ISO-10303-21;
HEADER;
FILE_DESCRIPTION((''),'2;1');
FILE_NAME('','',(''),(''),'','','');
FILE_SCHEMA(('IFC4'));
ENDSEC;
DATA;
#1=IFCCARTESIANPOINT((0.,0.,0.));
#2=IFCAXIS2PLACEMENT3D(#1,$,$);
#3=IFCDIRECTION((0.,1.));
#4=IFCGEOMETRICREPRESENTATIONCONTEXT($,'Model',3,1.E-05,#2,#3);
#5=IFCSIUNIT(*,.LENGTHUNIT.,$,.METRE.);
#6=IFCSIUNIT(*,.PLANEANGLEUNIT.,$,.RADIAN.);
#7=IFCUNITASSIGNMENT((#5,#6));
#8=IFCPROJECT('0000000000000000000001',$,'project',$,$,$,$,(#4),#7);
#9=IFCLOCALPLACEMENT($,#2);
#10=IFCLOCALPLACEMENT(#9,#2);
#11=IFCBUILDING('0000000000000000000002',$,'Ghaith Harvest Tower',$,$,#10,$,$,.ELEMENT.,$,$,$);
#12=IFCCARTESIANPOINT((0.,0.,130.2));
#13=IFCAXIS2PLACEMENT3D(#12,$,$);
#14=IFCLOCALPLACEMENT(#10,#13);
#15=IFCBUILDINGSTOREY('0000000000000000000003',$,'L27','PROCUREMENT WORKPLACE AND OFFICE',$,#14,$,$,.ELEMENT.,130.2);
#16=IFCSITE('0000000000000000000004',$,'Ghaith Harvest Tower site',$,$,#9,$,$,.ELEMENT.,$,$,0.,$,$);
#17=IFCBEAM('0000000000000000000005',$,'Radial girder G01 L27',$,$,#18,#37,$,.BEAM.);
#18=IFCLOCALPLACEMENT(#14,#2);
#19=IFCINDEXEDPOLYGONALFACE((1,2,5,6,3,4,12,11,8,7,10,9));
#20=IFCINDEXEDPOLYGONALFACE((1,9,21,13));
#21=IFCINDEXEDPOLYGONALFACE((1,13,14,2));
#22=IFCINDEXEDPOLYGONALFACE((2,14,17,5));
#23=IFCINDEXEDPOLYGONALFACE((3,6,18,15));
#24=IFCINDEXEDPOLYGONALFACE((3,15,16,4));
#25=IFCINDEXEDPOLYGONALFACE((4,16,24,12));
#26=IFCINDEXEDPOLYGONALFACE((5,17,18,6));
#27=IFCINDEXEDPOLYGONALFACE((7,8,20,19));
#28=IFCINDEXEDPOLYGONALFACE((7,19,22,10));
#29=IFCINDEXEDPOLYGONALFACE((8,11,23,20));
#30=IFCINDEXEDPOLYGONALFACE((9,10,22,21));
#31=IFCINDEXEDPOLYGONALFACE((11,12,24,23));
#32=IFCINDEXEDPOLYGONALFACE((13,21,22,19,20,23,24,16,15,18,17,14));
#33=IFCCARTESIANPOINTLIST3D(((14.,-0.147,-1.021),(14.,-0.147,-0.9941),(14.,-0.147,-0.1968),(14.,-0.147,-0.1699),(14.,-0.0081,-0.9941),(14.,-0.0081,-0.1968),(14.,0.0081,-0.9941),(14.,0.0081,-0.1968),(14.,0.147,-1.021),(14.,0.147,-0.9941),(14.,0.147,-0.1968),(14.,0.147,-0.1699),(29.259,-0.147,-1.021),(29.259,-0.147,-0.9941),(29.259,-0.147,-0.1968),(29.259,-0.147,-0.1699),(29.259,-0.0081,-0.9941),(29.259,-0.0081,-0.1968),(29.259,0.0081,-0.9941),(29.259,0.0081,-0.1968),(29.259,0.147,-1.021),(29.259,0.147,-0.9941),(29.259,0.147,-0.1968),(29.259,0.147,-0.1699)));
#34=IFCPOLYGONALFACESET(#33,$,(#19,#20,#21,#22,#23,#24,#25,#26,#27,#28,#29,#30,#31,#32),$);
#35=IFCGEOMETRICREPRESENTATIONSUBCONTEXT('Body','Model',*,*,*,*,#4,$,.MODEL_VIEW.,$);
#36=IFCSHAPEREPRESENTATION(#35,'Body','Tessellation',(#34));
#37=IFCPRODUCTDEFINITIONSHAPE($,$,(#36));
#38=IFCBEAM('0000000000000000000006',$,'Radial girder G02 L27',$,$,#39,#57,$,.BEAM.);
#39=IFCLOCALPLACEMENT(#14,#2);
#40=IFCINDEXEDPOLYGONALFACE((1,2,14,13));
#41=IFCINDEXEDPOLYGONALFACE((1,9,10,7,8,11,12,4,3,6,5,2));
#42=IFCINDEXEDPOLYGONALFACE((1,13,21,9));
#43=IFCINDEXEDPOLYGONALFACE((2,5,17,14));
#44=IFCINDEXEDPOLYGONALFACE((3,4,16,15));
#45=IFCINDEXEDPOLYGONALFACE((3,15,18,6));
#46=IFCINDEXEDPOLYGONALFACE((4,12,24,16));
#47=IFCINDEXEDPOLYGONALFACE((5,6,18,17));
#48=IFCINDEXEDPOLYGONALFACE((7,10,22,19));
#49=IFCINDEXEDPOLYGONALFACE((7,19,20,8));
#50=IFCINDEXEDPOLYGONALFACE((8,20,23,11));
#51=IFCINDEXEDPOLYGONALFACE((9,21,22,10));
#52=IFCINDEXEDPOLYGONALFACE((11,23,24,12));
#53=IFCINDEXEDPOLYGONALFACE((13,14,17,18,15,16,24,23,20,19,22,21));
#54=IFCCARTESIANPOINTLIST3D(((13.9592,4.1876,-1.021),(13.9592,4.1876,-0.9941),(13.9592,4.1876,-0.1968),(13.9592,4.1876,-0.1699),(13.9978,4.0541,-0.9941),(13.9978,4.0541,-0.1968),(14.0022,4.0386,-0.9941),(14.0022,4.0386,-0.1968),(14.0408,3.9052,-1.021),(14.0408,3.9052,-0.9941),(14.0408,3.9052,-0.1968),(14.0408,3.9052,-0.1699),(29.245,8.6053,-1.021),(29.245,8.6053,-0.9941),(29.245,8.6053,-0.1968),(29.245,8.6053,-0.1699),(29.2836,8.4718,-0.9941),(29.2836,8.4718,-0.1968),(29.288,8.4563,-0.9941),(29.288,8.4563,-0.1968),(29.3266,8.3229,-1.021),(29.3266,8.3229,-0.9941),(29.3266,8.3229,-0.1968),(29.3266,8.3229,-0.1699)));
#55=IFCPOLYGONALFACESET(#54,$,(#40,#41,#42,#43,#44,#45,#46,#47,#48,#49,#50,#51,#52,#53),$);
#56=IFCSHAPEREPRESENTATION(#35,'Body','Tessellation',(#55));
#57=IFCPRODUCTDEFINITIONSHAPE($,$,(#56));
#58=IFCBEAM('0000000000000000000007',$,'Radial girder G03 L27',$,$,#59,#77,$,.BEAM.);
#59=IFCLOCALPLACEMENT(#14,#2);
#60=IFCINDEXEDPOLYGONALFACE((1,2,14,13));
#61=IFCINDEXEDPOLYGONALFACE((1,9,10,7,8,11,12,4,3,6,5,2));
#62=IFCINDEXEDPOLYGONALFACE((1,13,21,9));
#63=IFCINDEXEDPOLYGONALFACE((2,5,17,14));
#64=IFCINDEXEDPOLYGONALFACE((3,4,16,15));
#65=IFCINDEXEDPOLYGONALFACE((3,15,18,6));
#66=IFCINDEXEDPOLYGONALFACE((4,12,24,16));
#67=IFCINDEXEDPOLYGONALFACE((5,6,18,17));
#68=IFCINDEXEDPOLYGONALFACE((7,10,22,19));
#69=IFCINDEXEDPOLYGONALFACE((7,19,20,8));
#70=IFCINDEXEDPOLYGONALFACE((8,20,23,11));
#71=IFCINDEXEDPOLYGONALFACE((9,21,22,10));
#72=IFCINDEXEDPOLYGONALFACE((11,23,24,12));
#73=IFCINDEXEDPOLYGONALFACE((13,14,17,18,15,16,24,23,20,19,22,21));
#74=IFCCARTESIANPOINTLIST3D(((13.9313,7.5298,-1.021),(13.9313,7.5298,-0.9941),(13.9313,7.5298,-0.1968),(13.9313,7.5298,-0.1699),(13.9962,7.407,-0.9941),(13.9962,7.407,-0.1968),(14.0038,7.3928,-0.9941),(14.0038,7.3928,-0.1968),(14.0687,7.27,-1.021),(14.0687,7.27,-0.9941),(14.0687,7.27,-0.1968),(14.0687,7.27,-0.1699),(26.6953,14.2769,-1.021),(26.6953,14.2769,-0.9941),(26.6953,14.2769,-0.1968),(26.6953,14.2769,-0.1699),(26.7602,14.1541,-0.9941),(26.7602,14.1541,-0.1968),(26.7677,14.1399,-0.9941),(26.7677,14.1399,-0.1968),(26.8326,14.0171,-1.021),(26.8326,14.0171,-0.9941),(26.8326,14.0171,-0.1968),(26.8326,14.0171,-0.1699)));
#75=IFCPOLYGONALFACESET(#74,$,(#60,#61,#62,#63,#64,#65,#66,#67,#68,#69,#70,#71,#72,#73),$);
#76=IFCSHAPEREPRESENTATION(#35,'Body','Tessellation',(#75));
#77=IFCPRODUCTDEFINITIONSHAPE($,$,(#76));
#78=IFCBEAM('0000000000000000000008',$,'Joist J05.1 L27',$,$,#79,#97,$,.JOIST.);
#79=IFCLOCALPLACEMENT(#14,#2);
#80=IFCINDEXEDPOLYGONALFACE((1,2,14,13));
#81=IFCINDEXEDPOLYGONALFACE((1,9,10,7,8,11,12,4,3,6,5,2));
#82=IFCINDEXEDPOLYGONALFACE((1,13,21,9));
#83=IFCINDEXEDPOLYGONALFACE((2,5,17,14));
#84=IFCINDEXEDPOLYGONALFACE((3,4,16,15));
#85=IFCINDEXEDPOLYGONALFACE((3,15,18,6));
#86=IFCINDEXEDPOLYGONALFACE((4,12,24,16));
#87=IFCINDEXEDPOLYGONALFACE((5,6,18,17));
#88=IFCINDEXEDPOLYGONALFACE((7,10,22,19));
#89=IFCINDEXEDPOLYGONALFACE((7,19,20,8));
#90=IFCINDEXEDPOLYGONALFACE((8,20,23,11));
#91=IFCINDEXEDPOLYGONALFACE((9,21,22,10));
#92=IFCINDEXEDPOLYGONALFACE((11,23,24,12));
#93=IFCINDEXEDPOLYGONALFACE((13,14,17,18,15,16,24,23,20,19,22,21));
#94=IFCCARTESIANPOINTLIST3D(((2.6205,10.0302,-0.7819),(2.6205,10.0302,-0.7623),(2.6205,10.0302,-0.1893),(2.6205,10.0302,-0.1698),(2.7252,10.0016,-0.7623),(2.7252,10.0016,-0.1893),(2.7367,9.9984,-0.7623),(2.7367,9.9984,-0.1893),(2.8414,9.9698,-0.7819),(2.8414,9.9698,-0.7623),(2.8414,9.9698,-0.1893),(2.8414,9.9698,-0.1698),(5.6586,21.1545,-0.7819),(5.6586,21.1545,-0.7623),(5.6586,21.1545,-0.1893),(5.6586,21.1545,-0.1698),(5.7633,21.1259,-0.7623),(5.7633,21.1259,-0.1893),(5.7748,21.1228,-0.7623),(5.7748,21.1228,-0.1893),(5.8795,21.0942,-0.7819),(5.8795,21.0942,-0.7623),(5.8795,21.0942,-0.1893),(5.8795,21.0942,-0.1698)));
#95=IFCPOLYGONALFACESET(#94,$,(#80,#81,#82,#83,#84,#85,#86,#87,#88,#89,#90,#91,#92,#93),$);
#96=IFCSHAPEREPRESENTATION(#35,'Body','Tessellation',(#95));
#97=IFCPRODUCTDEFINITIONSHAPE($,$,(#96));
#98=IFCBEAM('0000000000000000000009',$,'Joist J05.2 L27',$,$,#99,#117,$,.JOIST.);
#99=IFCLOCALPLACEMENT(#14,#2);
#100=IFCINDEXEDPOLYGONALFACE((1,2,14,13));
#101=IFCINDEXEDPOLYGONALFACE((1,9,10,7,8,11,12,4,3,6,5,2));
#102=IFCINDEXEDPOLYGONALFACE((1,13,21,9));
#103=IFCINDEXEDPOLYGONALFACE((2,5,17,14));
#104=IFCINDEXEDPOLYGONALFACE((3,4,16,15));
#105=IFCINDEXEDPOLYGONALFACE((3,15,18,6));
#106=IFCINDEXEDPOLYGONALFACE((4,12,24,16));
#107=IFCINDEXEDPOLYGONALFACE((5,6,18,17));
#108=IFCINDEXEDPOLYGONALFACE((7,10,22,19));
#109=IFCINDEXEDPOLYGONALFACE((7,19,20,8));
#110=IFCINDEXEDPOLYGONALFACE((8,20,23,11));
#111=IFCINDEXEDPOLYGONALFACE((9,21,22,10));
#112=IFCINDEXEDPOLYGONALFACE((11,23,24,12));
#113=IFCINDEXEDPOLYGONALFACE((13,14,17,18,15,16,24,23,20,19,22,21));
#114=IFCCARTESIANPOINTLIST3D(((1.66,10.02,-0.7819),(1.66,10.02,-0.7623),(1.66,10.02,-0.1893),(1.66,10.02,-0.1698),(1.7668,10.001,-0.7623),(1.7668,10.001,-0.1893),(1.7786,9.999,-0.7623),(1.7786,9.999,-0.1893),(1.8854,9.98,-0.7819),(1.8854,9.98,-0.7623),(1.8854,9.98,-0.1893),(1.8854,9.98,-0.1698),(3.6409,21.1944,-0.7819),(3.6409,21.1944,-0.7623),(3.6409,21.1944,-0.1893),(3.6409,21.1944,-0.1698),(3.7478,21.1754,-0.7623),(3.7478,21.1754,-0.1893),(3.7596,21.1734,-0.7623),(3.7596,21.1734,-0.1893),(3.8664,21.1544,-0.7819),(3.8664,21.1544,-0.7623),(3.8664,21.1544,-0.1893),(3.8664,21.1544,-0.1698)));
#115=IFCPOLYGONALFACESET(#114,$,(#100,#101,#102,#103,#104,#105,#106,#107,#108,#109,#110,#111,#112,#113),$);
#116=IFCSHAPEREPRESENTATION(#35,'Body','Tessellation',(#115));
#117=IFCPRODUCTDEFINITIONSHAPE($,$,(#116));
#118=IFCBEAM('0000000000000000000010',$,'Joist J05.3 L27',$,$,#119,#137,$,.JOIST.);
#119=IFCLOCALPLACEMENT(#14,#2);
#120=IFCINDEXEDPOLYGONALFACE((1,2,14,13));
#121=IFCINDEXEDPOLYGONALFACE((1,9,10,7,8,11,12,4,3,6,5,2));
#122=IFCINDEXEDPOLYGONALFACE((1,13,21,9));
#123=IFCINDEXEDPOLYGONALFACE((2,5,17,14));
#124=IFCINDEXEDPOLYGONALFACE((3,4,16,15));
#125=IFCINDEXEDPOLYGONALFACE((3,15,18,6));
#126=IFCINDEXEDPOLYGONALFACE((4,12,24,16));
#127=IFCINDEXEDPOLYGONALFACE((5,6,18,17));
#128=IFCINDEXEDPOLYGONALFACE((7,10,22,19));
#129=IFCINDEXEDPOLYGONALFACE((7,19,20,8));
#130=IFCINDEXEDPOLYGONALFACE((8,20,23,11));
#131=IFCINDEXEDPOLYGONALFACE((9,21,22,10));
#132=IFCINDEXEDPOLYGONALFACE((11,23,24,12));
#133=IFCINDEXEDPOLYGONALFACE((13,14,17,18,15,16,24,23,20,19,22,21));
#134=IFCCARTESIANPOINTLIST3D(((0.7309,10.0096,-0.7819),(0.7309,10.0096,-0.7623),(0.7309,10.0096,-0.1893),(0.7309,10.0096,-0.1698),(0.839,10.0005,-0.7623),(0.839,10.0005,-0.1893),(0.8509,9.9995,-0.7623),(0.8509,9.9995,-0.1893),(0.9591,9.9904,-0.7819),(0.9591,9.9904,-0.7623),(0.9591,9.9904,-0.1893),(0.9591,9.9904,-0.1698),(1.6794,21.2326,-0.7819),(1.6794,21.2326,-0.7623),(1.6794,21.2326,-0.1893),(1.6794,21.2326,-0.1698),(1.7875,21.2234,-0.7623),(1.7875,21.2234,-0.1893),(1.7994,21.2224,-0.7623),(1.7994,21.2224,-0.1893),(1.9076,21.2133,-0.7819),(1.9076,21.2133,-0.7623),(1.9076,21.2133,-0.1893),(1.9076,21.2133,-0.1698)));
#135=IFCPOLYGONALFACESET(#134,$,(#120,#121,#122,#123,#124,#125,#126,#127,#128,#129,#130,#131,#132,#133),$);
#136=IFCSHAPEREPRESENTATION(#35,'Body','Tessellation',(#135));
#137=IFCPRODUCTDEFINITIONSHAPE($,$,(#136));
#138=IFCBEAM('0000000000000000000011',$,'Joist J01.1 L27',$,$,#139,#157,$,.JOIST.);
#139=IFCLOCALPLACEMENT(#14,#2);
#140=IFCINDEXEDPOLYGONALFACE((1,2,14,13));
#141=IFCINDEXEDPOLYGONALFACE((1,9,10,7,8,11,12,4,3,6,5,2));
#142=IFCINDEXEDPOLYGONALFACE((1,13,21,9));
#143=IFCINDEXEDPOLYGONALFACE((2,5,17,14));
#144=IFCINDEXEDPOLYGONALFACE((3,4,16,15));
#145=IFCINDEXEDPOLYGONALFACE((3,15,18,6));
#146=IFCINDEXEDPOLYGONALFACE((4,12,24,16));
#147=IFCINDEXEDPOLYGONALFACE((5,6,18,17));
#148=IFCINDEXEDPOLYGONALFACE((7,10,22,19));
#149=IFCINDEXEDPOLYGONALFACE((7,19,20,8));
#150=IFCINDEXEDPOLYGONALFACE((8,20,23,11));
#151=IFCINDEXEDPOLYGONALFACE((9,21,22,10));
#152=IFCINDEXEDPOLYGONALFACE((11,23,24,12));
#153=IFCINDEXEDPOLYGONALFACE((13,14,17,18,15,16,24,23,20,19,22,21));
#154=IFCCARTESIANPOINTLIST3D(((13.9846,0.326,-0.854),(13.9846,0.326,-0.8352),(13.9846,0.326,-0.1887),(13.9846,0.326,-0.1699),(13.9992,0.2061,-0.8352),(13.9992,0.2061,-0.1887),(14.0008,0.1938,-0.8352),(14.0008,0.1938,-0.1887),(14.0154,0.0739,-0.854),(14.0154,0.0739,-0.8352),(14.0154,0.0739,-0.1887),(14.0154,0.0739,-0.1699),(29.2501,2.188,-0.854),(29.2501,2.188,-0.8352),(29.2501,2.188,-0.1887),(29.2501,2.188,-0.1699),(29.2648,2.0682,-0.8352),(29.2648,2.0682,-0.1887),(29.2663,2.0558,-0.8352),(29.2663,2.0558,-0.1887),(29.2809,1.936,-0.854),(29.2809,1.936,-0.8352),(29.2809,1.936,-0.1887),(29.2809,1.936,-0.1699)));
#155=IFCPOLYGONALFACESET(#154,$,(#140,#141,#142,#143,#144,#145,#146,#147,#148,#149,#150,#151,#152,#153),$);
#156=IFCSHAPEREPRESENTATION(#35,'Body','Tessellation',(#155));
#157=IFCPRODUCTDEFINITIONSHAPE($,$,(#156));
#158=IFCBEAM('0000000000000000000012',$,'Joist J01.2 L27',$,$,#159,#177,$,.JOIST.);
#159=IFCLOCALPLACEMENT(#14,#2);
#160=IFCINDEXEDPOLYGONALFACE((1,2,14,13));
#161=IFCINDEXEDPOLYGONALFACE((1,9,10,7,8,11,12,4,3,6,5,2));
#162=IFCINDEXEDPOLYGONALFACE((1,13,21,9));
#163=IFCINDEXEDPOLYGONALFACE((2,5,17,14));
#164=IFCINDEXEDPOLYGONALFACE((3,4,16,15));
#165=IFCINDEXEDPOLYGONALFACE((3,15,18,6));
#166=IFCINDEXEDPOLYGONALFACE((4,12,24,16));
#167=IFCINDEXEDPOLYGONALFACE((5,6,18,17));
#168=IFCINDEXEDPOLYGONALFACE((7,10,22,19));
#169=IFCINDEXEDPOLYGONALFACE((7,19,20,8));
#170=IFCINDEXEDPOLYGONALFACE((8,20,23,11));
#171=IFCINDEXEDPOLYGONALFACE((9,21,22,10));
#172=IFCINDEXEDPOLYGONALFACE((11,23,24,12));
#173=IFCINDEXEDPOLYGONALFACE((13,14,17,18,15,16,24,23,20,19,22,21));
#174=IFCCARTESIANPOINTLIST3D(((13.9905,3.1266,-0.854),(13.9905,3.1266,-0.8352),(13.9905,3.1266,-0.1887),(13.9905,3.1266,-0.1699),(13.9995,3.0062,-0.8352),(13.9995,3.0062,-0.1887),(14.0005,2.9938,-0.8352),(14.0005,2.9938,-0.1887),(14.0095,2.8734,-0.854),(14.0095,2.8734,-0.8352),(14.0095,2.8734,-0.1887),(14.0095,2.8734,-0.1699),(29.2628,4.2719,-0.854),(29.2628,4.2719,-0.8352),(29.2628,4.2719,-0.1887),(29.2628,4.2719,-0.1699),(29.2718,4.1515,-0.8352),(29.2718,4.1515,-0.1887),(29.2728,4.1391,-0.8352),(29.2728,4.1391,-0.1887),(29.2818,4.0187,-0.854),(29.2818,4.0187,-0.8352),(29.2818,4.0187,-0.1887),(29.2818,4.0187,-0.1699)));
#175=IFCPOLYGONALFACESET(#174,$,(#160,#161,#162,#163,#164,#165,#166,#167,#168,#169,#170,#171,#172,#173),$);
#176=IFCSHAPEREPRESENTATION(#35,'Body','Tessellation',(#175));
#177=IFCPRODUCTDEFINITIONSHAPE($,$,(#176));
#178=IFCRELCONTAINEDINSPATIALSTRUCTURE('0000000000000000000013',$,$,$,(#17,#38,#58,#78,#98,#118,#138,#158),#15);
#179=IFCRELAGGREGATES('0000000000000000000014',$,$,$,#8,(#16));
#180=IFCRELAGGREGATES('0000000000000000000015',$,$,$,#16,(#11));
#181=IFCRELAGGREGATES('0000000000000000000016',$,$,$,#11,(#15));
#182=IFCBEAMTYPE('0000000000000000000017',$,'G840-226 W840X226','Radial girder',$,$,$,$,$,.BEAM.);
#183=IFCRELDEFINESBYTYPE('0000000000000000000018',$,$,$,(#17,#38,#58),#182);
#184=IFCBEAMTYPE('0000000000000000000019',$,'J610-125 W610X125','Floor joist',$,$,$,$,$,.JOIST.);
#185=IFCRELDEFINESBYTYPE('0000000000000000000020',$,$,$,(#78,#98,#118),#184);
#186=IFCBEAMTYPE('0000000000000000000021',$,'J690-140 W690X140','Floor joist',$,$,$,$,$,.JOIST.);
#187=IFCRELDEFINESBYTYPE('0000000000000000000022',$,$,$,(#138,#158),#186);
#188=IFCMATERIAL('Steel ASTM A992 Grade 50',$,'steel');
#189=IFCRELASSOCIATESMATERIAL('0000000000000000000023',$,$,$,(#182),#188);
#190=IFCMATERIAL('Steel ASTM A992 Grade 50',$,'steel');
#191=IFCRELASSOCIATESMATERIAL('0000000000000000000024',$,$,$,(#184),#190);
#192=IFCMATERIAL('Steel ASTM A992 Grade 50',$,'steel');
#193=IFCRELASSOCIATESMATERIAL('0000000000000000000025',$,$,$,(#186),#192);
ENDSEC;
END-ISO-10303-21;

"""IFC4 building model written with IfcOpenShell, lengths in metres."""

from ifc_helpers import new_model, si_unit, direction, frame, origin, origin_2d, place, context, subcontext, project, spatial, i_section, extrude, material, material_profile, profile_set, type_object, element, save


model = new_model("IFC4")

# Units and contexts
model_context = context("Model", 3, precision=1e-05, world=origin(), true_north=direction((0.0, 1.0)))
body_context = subcontext(model_context, "Body", "Model", "MODEL_VIEW")
ifc_project = project(units=[si_unit("LENGTHUNIT", "METRE"), si_unit("PLANEANGLEUNIT", "RADIAN")], contexts=[model_context])

# Site, building, storey
site_placement = place(None, origin())
site = spatial("IfcSite", under=ifc_project, at=site_placement, Name="Ghaith Harvest Tower site", CompositionType="ELEMENT", RefElevation=0.0)
building_placement = place(site_placement, origin())
building = spatial("IfcBuilding", under=site, at=building_placement, Name="Ghaith Harvest Tower", CompositionType="ELEMENT")
storey_placement = place(building_placement, frame((0.0, 0.0, 130.2)))
storey = spatial("IfcBuildingStorey", under=building, at=storey_placement, Name="L27", Description="PROCUREMENT WORKPLACE AND OFFICE", CompositionType="ELEMENT", Elevation=130.2)

# Beams
ifc_material_1 = material(Name="Steel ASTM A992 Grade 50", Category="steel")
ifc_material_profile_1 = material_profile(ifc_material_1, i_section(OverallWidth=0.2939, OverallDepth=0.8511, WebThickness=0.0161, FlangeThickness=0.0269, at=origin_2d()), Name="W840X226")
ifc_profile_set_1 = profile_set([ifc_material_profile_1], Name="Steel ASTM A992 Grade 50")
beam_type_1 = type_object("IfcBeamType", Name="G840-226 W840X226", Description="Radial girder", PredefinedType="BEAM", material=ifc_profile_set_1)
beam_1_placement = place(storey_placement, frame((14.0, 0.0, -0.5955), z_axis=(1.0, 0.0, 0.0), x_axis=(0.0, 1.0, 0.0)))
element("IfcBeam", 1, at=beam_1_placement, inside=storey, type_object=beam_type_1, Name="Radial girder G01 L27", PredefinedType="BEAM", context=body_context, shape_type="SweptSolid", body=[
    extrude(i_section(OverallWidth=0.2939, OverallDepth=0.8511, WebThickness=0.0161, FlangeThickness=0.0269, at=origin_2d()), origin(), (0.0, 0.0, 1.0), 15.259),
])
beam_2_placement = place(storey_placement, frame((14.0, 4.0464, -0.5955), z_axis=(0.960684, 0.277644, 0.0), x_axis=(-0.277644, 0.960684, 0.0)))
element("IfcBeam", 2, at=beam_2_placement, inside=storey, type_object=beam_type_1, Name="Radial girder G02 L27", PredefinedType="BEAM", context=body_context, shape_type="SweptSolid", body=[
    extrude(i_section(OverallWidth=0.2939, OverallDepth=0.8511, WebThickness=0.0161, FlangeThickness=0.0269, at=origin_2d()), origin(), (0.0, 0.0, 1.0), 15.9114),
])
beam_3_placement = place(storey_placement, frame((14.0, 7.3999, -0.5955), z_axis=(0.884083, 0.467331, 0.0), x_axis=(-0.467331, 0.884083, 0.0)))
element("IfcBeam", 3, at=beam_3_placement, inside=storey, type_object=beam_type_1, Name="Radial girder G03 L27", PredefinedType="BEAM", context=body_context, shape_type="SweptSolid", body=[
    extrude(i_section(OverallWidth=0.2939, OverallDepth=0.8511, WebThickness=0.0161, FlangeThickness=0.0269, at=origin_2d()), origin(), (0.0, 0.0, 1.0), 14.4375),
])
ifc_material_2 = material(Name="Steel ASTM A992 Grade 50", Category="steel")
ifc_material_profile_2 = material_profile(ifc_material_2, i_section(OverallWidth=0.229, OverallDepth=0.6121, WebThickness=0.012, FlangeThickness=0.0195, at=origin_2d()), Name="W610X125")
ifc_profile_set_2 = profile_set([ifc_material_profile_2], Name="Steel ASTM A992 Grade 50")
beam_type_2 = type_object("IfcBeamType", Name="J610-125 W610X125", Description="Floor joist", PredefinedType="JOIST", material=ifc_profile_set_2)
beam_4_placement = place(storey_placement, frame((2.731, 10.0, -0.4758), z_axis=(0.263456, 0.964671, 0.0), x_axis=(-0.964671, 0.263456, 0.0)))
element("IfcBeam", 4, at=beam_4_placement, inside=storey, type_object=beam_type_2, Name="Joist J05.1 L27", PredefinedType="JOIST", context=body_context, shape_type="SweptSolid", body=[
    extrude(i_section(OverallWidth=0.229, OverallDepth=0.6121, WebThickness=0.012, FlangeThickness=0.0195, at=origin_2d()), origin(), (0.0, 0.0, 1.0), 11.5317),
])
beam_5_placement = place(storey_placement, frame((1.7727, 10.0, -0.4758), z_axis=(0.174556, 0.984647, 0.0), x_axis=(-0.984647, 0.174556, 0.0)))
element("IfcBeam", 5, at=beam_5_placement, inside=storey, type_object=beam_type_2, Name="Joist J05.2 L27", PredefinedType="JOIST", context=body_context, shape_type="SweptSolid", body=[
    extrude(i_section(OverallWidth=0.229, OverallDepth=0.6121, WebThickness=0.012, FlangeThickness=0.0195, at=origin_2d()), origin(), (0.0, 0.0, 1.0), 11.3486),
])
beam_6_placement = place(storey_placement, frame((0.845, 10.0, -0.4758), z_axis=(0.084213, 0.996448, 0.0), x_axis=(-0.996448, 0.084213, 0.0)))
element("IfcBeam", 6, at=beam_6_placement, inside=storey, type_object=beam_type_2, Name="Joist J05.3 L27", PredefinedType="JOIST", context=body_context, shape_type="SweptSolid", body=[
    extrude(i_section(OverallWidth=0.229, OverallDepth=0.6121, WebThickness=0.012, FlangeThickness=0.0195, at=origin_2d()), origin(), (0.0, 0.0, 1.0), 11.2629),
])
ifc_material_3 = material(Name="Steel ASTM A992 Grade 50", Category="steel")
ifc_material_profile_3 = material_profile(ifc_material_3, i_section(OverallWidth=0.2539, OverallDepth=0.6841, WebThickness=0.0125, FlangeThickness=0.0188, at=origin_2d()), Name="W690X140")
ifc_profile_set_3 = profile_set([ifc_material_profile_3], Name="Steel ASTM A992 Grade 50")
beam_type_3 = type_object("IfcBeamType", Name="J690-140 W690X140", Description="Floor joist", PredefinedType="JOIST", material=ifc_profile_set_3)
beam_7_placement = place(storey_placement, frame((14.0, 0.2, -0.512), z_axis=(0.992643, 0.12108, 0.0), x_axis=(-0.12108, 0.992643, 0.0)))
element("IfcBeam", 7, at=beam_7_placement, inside=storey, type_object=beam_type_3, Name="Joist J01.1 L27", PredefinedType="JOIST", context=body_context, shape_type="SweptSolid", body=[
    extrude(i_section(OverallWidth=0.2539, OverallDepth=0.6841, WebThickness=0.0125, FlangeThickness=0.0188, at=origin_2d()), origin(), (0.0, 0.0, 1.0), 15.3787),
])
beam_8_placement = place(storey_placement, frame((14.0, 3.0, -0.512), z_axis=(0.9972, 0.07478, 0.0), x_axis=(-0.07478, 0.9972, 0.0)))
element("IfcBeam", 8, at=beam_8_placement, inside=storey, type_object=beam_type_3, Name="Joist J01.2 L27", PredefinedType="JOIST", context=body_context, shape_type="SweptSolid", body=[
    extrude(i_section(OverallWidth=0.2539, OverallDepth=0.6841, WebThickness=0.0125, FlangeThickness=0.0188, at=origin_2d()), origin(), (0.0, 0.0, 1.0), 15.3152),
])

save(model, "model.ifc")
